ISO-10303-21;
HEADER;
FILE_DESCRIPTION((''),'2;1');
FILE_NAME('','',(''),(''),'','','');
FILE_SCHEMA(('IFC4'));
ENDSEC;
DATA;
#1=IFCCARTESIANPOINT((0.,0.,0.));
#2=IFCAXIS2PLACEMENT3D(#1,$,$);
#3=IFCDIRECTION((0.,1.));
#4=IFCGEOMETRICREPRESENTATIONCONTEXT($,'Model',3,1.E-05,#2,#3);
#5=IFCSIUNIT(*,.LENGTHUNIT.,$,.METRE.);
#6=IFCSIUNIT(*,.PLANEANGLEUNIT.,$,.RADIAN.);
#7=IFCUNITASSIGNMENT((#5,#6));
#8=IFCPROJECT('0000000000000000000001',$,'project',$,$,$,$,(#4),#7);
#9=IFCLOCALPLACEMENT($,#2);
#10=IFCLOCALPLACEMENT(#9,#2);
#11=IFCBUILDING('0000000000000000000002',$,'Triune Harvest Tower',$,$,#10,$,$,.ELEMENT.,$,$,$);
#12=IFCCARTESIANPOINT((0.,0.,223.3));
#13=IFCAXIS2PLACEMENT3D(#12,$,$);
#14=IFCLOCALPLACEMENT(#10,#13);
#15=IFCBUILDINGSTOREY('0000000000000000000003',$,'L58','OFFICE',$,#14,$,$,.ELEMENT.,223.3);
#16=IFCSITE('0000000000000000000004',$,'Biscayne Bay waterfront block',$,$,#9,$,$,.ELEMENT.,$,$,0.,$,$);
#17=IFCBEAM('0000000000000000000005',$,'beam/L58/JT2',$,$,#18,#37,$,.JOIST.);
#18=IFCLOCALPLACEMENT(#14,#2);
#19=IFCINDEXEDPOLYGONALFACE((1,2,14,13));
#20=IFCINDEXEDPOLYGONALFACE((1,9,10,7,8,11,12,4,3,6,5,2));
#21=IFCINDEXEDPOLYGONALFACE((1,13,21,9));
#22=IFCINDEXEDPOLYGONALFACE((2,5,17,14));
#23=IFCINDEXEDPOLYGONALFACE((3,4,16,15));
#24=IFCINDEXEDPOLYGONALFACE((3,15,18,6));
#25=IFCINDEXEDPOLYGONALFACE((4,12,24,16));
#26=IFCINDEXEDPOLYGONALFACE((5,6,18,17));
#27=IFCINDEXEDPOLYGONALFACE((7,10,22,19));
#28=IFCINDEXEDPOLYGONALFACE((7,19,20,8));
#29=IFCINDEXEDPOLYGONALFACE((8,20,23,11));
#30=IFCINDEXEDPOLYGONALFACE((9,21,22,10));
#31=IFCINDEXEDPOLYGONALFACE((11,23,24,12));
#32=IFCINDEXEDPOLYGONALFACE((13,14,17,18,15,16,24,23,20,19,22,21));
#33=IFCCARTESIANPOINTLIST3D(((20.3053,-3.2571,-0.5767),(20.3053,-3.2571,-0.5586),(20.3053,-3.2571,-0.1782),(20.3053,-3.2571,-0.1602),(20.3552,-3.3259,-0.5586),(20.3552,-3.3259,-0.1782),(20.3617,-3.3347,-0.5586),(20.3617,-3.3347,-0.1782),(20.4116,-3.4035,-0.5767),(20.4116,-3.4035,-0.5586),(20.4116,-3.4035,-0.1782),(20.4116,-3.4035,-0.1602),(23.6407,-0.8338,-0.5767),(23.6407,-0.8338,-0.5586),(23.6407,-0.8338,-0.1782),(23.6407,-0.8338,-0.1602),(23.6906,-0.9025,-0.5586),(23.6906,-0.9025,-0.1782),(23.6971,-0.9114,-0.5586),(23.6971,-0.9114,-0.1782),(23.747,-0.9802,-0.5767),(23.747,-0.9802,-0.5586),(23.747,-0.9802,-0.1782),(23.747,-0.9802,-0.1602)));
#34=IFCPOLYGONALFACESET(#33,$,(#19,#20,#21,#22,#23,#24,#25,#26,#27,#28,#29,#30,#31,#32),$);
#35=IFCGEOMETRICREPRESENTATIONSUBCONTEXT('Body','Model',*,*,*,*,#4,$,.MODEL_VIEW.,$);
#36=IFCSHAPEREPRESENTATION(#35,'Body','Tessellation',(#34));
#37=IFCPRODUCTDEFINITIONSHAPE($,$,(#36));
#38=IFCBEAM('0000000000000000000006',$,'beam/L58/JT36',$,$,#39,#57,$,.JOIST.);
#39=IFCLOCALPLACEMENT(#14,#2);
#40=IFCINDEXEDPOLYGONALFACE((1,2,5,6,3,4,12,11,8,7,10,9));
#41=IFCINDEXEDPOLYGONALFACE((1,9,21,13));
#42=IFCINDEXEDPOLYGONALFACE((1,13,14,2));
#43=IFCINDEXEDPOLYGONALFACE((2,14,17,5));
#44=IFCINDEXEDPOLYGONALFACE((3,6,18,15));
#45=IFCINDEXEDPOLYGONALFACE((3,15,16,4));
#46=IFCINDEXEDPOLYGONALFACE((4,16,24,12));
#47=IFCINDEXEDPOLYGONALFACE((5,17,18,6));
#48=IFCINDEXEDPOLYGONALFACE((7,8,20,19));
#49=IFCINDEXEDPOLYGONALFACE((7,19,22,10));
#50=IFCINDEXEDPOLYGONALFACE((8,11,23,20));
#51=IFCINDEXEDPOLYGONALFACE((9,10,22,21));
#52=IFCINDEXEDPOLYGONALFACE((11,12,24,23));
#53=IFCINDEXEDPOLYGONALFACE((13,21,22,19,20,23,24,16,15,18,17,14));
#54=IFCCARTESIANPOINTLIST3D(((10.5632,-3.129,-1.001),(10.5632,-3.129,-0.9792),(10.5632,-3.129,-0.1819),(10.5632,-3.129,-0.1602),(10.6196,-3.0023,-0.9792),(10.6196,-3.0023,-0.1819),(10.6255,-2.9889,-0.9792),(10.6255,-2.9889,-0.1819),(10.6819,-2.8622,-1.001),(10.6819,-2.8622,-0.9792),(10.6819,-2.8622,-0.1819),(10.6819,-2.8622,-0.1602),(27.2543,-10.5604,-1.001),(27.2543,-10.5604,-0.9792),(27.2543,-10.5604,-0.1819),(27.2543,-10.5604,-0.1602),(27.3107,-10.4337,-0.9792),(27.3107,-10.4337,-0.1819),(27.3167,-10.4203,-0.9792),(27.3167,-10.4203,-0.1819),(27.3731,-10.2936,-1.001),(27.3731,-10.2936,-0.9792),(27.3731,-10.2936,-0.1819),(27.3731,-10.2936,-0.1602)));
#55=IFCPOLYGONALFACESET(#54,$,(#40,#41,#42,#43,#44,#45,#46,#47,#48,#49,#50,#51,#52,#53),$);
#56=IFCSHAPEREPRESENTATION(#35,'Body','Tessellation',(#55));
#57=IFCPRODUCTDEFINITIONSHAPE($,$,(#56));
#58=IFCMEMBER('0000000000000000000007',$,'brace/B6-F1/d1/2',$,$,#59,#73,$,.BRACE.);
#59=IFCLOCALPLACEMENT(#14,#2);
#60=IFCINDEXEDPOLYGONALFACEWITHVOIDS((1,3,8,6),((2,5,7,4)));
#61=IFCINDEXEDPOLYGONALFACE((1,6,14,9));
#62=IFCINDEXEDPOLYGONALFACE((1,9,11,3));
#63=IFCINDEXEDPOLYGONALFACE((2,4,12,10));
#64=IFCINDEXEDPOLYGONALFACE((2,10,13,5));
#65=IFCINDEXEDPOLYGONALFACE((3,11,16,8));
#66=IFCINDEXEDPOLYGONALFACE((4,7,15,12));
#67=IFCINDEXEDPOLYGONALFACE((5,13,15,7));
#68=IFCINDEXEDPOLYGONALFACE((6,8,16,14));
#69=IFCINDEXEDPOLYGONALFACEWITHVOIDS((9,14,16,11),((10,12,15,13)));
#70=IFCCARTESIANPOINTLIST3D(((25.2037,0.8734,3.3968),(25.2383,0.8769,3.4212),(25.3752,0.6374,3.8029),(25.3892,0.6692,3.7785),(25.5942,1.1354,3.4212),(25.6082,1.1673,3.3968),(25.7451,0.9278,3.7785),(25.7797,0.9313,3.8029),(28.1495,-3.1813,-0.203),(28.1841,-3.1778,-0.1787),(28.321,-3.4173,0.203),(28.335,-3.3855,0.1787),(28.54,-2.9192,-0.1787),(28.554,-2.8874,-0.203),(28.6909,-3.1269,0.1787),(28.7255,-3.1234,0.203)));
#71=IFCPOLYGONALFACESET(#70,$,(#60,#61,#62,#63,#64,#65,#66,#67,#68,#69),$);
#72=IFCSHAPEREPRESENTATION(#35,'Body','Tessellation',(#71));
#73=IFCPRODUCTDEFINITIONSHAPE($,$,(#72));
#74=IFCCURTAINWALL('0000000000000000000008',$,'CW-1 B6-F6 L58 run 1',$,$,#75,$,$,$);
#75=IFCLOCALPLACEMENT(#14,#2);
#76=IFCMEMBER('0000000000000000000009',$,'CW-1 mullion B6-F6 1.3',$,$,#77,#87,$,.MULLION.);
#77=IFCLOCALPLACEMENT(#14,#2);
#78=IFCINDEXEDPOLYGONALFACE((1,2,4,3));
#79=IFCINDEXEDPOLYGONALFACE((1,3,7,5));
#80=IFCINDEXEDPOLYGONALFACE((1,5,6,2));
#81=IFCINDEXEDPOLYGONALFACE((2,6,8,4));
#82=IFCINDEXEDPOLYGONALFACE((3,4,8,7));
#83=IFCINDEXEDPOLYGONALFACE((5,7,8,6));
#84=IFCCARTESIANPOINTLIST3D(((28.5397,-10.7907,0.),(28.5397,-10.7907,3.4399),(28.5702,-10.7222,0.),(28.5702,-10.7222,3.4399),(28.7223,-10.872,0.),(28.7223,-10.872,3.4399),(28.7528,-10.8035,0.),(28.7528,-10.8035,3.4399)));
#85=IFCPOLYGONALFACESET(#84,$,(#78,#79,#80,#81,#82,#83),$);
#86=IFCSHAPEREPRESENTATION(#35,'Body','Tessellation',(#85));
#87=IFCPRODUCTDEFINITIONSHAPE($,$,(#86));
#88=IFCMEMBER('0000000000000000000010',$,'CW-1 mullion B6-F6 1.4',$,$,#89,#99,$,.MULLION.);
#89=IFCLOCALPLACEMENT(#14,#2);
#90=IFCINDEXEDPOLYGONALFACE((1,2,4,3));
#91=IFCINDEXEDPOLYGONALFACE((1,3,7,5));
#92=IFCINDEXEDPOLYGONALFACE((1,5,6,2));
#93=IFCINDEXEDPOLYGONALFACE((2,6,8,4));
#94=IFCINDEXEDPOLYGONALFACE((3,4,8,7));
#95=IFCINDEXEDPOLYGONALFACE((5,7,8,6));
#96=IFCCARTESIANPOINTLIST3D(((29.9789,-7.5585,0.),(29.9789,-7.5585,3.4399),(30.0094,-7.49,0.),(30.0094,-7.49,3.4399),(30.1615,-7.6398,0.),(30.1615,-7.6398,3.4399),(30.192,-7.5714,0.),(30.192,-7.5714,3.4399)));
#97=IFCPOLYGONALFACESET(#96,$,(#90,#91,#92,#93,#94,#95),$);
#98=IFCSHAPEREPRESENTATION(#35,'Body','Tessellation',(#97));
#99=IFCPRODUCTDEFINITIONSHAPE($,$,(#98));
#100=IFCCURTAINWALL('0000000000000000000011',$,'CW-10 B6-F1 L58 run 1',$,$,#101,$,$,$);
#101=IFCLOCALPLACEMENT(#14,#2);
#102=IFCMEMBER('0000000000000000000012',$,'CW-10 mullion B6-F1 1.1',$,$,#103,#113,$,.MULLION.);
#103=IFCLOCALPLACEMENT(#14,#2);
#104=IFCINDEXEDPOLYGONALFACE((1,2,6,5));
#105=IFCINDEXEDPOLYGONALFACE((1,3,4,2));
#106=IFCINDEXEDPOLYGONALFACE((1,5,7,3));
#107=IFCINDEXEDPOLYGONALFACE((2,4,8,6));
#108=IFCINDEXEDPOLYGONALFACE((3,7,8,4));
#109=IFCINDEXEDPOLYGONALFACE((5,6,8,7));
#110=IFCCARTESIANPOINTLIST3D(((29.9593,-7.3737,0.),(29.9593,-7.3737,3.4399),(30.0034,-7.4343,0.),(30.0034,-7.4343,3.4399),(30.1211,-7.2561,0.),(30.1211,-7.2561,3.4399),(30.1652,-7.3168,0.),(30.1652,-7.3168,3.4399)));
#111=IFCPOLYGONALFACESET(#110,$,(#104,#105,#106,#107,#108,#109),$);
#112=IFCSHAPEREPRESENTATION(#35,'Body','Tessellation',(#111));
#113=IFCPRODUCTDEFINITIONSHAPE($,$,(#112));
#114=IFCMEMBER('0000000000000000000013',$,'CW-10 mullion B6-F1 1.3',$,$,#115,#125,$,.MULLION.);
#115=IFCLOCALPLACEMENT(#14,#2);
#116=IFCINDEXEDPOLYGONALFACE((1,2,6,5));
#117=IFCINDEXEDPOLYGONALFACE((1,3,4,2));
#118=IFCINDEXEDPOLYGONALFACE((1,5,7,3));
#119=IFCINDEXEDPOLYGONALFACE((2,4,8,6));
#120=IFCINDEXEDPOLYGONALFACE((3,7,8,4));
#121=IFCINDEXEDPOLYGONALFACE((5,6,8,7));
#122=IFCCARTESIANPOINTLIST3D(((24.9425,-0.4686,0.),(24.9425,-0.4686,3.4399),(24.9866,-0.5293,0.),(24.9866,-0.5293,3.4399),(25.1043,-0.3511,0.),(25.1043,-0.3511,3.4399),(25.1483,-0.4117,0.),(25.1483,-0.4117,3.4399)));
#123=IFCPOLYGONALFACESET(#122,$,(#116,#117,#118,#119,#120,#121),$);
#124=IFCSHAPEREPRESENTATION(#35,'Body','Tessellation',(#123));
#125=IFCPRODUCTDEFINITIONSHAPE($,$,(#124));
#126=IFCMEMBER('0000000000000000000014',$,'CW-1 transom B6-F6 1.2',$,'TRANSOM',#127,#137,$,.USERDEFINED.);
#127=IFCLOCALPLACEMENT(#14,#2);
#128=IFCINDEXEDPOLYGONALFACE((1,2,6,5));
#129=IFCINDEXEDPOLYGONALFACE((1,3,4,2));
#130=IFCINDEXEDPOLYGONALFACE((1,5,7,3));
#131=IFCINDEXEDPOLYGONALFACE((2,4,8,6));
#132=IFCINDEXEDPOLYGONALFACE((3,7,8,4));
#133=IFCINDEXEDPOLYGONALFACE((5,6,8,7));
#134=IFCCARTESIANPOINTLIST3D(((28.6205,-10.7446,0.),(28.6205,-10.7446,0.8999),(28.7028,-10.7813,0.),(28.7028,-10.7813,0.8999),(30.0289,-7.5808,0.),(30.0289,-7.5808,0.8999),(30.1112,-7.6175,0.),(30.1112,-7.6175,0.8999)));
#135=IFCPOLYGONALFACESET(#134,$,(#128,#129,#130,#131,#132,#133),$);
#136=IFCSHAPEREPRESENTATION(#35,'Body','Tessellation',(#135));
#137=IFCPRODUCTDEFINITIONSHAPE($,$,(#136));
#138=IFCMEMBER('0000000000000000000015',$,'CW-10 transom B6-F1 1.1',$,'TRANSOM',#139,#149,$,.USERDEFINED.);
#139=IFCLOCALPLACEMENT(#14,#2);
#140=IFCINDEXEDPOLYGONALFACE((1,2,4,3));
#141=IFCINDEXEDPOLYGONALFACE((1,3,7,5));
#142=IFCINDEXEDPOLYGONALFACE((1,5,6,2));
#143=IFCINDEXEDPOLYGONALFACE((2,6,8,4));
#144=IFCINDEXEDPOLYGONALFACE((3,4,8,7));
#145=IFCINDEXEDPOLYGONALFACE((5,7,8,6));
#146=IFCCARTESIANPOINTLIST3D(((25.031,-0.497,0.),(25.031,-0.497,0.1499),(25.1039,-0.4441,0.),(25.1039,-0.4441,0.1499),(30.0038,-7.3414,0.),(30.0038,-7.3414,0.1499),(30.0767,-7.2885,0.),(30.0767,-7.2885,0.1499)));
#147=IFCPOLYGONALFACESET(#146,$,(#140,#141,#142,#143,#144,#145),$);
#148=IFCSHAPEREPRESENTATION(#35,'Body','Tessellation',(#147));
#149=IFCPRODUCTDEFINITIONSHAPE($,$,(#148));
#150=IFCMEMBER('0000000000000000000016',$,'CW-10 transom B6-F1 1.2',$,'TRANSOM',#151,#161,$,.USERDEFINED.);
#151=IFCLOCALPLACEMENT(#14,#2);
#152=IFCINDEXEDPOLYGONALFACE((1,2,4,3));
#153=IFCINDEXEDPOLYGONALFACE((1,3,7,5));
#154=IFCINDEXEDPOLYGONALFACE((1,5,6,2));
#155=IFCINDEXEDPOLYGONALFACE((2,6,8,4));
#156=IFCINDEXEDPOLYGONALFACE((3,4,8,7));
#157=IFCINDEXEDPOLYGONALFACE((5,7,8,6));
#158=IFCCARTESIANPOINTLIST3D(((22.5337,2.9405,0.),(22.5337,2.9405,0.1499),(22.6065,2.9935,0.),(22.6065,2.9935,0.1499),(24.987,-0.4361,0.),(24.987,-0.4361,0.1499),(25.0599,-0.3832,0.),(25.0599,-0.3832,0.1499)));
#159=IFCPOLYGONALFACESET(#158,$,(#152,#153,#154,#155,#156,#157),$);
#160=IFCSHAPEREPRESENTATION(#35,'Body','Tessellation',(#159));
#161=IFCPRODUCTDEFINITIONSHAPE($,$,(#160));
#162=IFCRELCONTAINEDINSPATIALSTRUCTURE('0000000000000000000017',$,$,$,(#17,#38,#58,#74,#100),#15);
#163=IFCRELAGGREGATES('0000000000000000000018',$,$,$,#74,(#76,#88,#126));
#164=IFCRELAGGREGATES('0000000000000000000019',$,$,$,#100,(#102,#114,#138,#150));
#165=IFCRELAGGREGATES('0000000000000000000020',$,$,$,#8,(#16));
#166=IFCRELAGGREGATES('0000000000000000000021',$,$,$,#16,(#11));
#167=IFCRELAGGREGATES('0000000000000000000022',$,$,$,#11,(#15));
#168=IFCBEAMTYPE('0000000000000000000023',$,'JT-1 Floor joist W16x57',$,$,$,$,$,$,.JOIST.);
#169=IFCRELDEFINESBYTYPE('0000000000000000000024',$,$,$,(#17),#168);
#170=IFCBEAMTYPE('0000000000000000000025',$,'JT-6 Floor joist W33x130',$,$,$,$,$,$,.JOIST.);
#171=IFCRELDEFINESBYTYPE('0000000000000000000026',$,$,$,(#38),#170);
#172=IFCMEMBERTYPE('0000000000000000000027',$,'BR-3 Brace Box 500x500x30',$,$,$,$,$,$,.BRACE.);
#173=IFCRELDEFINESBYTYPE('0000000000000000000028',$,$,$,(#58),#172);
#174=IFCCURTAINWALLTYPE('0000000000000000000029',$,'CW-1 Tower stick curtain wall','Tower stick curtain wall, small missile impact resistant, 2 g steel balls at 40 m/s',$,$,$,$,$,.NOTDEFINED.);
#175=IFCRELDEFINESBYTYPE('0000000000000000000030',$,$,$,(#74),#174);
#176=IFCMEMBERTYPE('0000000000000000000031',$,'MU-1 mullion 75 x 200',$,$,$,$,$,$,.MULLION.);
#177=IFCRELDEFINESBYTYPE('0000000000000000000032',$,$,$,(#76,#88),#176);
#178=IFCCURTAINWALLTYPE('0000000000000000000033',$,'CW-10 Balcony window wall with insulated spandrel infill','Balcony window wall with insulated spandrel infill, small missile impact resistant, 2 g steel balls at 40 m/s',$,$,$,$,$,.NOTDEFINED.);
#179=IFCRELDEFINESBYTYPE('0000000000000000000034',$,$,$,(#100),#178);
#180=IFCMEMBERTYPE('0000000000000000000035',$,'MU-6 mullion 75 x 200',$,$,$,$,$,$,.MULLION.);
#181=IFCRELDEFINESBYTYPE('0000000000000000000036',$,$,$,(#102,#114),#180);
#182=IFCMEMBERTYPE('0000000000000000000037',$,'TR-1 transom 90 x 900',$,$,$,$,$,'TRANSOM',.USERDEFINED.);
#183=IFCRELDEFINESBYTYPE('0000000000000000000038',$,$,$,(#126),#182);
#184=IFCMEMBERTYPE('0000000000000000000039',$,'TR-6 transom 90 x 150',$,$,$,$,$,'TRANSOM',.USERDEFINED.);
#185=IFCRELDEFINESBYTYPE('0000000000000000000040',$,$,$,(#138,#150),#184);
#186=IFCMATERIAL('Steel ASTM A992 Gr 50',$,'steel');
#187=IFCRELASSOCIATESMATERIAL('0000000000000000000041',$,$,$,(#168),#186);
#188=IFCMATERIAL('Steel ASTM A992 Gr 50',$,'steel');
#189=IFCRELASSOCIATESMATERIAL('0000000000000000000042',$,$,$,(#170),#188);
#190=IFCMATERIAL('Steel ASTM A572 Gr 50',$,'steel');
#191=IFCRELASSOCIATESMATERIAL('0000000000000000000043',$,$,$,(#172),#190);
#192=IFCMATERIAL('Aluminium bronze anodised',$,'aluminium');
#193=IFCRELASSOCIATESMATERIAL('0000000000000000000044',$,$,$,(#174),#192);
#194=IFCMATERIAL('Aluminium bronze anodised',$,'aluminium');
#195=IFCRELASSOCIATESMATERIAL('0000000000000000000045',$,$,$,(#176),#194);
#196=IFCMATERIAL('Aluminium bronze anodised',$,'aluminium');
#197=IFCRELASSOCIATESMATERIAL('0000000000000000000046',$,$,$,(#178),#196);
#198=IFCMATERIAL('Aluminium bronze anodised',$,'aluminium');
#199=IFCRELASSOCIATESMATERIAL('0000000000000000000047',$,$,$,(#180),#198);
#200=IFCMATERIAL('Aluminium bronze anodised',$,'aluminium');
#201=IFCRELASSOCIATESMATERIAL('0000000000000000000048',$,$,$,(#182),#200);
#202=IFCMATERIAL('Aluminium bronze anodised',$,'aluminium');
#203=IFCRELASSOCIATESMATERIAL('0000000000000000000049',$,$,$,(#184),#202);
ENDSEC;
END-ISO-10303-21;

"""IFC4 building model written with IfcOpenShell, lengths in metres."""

from ifc_helpers import new_model, si_unit, direction, frame, origin, origin_2d, place, context, subcontext, project, spatial, rectangle, hollow_rectangle, i_section, extrude, source, transform, mapped, material, material_profile, profile_set, type_object, element, aggregate, save


model = new_model("IFC4")

# Units and contexts
model_context = context("Model", 3, precision=1e-05, world=origin(), true_north=direction((0.0, 1.0)))
body_context = subcontext(model_context, "Body", "Model", "MODEL_VIEW")
ifc_project = project(units=[si_unit("LENGTHUNIT", "METRE"), si_unit("PLANEANGLEUNIT", "RADIAN")], contexts=[model_context])

# Site, building, storey
site_placement = place(None, origin())
site = spatial("IfcSite", under=ifc_project, at=site_placement, Name="Biscayne Bay waterfront block", CompositionType="ELEMENT", RefElevation=0.0)
building_placement = place(site_placement, origin())
building = spatial("IfcBuilding", under=site, at=building_placement, Name="Triune Harvest Tower", CompositionType="ELEMENT")
storey_placement = place(building_placement, frame((0.0, 0.0, 223.3)))
storey = spatial("IfcBuildingStorey", under=building, at=storey_placement, Name="L58", Description="OFFICE", CompositionType="ELEMENT", Elevation=223.3)

# Beams
ifc_material_1 = material(Name="Steel ASTM A992 Gr 50", Category="steel")
ifc_material_profile_1 = material_profile(ifc_material_1, i_section(OverallWidth=0.1809, OverallDepth=0.4165, WebThickness=0.011, FlangeThickness=0.0181, at=origin_2d()), Name="W16x57")
ifc_profile_set_1 = profile_set([ifc_material_profile_1], Name="Steel ASTM A992 Gr 50")
beam_type_1 = type_object("IfcBeamType", Name="JT-1 Floor joist W16x57", PredefinedType="JOIST", material=ifc_profile_set_1)
shared_shape_1 = source(origin(), body_context, "Body", "SweptSolid", [
    extrude(i_section(OverallWidth=0.1809, OverallDepth=0.4165, WebThickness=0.011, FlangeThickness=0.0181, at=origin_2d()), origin(), (0.0, 0.0, 1.0), 4.1228),
])
beam_1_placement = place(storey_placement, frame((23.6938, -0.907, -0.3684), z_axis=(-0.809018, -0.587784, 0.0), x_axis=(0.587784, -0.809018, 0.0)))
element("IfcBeam", 1, at=beam_1_placement, inside=storey, type_object=beam_type_1, Name="beam/L58/JT2", PredefinedType="JOIST", context=body_context, shape_type="MappedRepresentation", body=[
    mapped(shared_shape_1, transform((0.0, 0.0, 0.0), scale=1.0)),
])
ifc_material_2 = material(Name="Steel ASTM A992 Gr 50", Category="steel")
ifc_material_profile_2 = material_profile(ifc_material_2, i_section(OverallWidth=0.292, OverallDepth=0.8408, WebThickness=0.0146, FlangeThickness=0.0217, at=origin_2d()), Name="W33x130")
ifc_profile_set_2 = profile_set([ifc_material_profile_2], Name="Steel ASTM A992 Gr 50")
beam_type_2 = type_object("IfcBeamType", Name="JT-6 Floor joist W33x130", PredefinedType="JOIST", material=ifc_profile_set_2)
shared_shape_2 = source(origin(), body_context, "Body", "SweptSolid", [
    extrude(i_section(OverallWidth=0.292, OverallDepth=0.8408, WebThickness=0.0146, FlangeThickness=0.0217, at=origin_2d()), origin(), (0.0, 0.0, 1.0), 18.2708),
])
beam_2_placement = place(storey_placement, frame((27.3137, -10.427, -0.5806), z_axis=(-0.913545, 0.406737, 0.0), x_axis=(-0.406737, -0.913545, 0.0)))
element("IfcBeam", 2, at=beam_2_placement, inside=storey, type_object=beam_type_2, Name="beam/L58/JT36", PredefinedType="JOIST", context=body_context, shape_type="MappedRepresentation", body=[
    mapped(shared_shape_2, transform((0.0, 0.0, 0.0), scale=1.0)),
])

# Member
ifc_material_3 = material(Name="Steel ASTM A572 Gr 50", Category="steel")
ifc_material_profile_3 = material_profile(ifc_material_3, hollow_rectangle(XDim=0.5, YDim=0.5, WallThickness=0.03, at=origin_2d()), Name="Box 500x500x30")
ifc_profile_set_3 = profile_set([ifc_material_profile_3], Name="Steel ASTM A572 Gr 50")
member_type_1 = type_object("IfcMemberType", Name="BR-3 Brace Box 500x500x30", PredefinedType="BRACE", material=ifc_profile_set_3)
shared_shape_3 = source(origin(), body_context, "Body", "SweptSolid", [
    extrude(hollow_rectangle(XDim=0.5, YDim=0.5, WallThickness=0.03, at=origin_2d()), origin(), (0.0, 0.0, 1.0), 6.1707),
])
member_1_placement = place(storey_placement, frame((28.4375, -3.1523, 0.0), z_axis=(-0.477387, 0.65709, 0.583381), x_axis=(-0.809027, -0.587772, 0.0)))
element("IfcMember", 3, at=member_1_placement, inside=storey, type_object=member_type_1, Name="brace/B6-F1/d1/2", PredefinedType="BRACE", context=body_context, shape_type="MappedRepresentation", body=[
    mapped(shared_shape_3, transform((0.0, 0.0, 0.0), scale=1.0)),
])

# Curtain walls, members
ifc_material_4 = material(Name="Aluminium bronze anodised", Category="aluminium")
curtain_wall_type_1 = type_object("IfcCurtainWallType", Name="CW-1 Tower stick curtain wall", Description="Tower stick curtain wall, small missile impact resistant, 2 g steel balls at 40 m/s", PredefinedType="NOTDEFINED", material=ifc_material_4)
curtain_wall_1_placement = place(storey_placement, origin())
curtain_wall_1 = element("IfcCurtainWall", 4, at=curtain_wall_1_placement, inside=storey, type_object=curtain_wall_type_1, Name="CW-1 B6-F6 L58 run 1")
ifc_material_5 = material(Name="Aluminium bronze anodised", Category="aluminium")
ifc_material_profile_4 = material_profile(ifc_material_5, rectangle(XDim=0.2, YDim=0.075, at=origin_2d()), Name="MU-1 mullion 75 x 200")
ifc_profile_set_4 = profile_set([ifc_material_profile_4], Name="Aluminium bronze anodised")
member_type_2 = type_object("IfcMemberType", Name="MU-1 mullion 75 x 200", PredefinedType="MULLION", material=ifc_profile_set_4)
shared_shape_4 = source(origin(), body_context, "Body", "SweptSolid", [
    extrude(rectangle(XDim=0.2, YDim=0.075, at=origin_2d()), origin(), (0.0, 0.0, 1.0), 3.4399),
])
member_2_placement = place(storey_placement, frame((28.6462, -10.7971, 0.0), z_axis=(0.0, 0.0, 1.0), x_axis=(-0.913543, 0.406743, 0.0)))
member_2 = element("IfcMember", 5, at=member_2_placement, type_object=member_type_2, Name="CW-1 mullion B6-F6 1.3", PredefinedType="MULLION", context=body_context, shape_type="MappedRepresentation", body=[
    mapped(shared_shape_4, transform((0.0, 0.0, 0.0), scale=1.0)),
])
member_3_placement = place(storey_placement, frame((30.0854, -7.5649, 0.0), z_axis=(0.0, 0.0, 1.0), x_axis=(-0.913543, 0.406743, 0.0)))
member_3 = element("IfcMember", 6, at=member_3_placement, type_object=member_type_2, Name="CW-1 mullion B6-F6 1.4", PredefinedType="MULLION", context=body_context, shape_type="MappedRepresentation", body=[
    mapped(shared_shape_4, transform((0.0, 0.0, 0.0), scale=1.0)),
])
ifc_material_6 = material(Name="Aluminium bronze anodised", Category="aluminium")
curtain_wall_type_2 = type_object("IfcCurtainWallType", Name="CW-10 Balcony window wall with insulated spandrel infill", Description="Balcony window wall with insulated spandrel infill, small missile impact resistant, 2 g steel balls at 40 m/s", PredefinedType="NOTDEFINED", material=ifc_material_6)
curtain_wall_2_placement = place(storey_placement, origin())
curtain_wall_2 = element("IfcCurtainWall", 7, at=curtain_wall_2_placement, inside=storey, type_object=curtain_wall_type_2, Name="CW-10 B6-F1 L58 run 1")
ifc_material_7 = material(Name="Aluminium bronze anodised", Category="aluminium")
ifc_material_profile_5 = material_profile(ifc_material_7, rectangle(XDim=0.2, YDim=0.075, at=origin_2d()), Name="MU-6 mullion 75 x 200")
ifc_profile_set_5 = profile_set([ifc_material_profile_5], Name="Aluminium bronze anodised")
member_type_3 = type_object("IfcMemberType", Name="MU-6 mullion 75 x 200", PredefinedType="MULLION", material=ifc_profile_set_5)
shared_shape_5 = source(origin(), body_context, "Body", "SweptSolid", [
    extrude(rectangle(XDim=0.2, YDim=0.075, at=origin_2d()), origin(), (0.0, 0.0, 1.0), 3.4399),
])
member_4_placement = place(storey_placement, frame((30.0623, -7.3452, 0.0), z_axis=(0.0, 0.0, 1.0), x_axis=(-0.809017, -0.587786, 0.0)))
member_4 = element("IfcMember", 8, at=member_4_placement, type_object=member_type_3, Name="CW-10 mullion B6-F1 1.1", PredefinedType="MULLION", context=body_context, shape_type="MappedRepresentation", body=[
    mapped(shared_shape_5, transform((0.0, 0.0, 0.0), scale=1.0)),
])
member_5_placement = place(storey_placement, frame((25.0454, -0.4402, 0.0), z_axis=(0.0, 0.0, 1.0), x_axis=(-0.809017, -0.587786, 0.0)))
member_5 = element("IfcMember", 9, at=member_5_placement, type_object=member_type_3, Name="CW-10 mullion B6-F1 1.3", PredefinedType="MULLION", context=body_context, shape_type="MappedRepresentation", body=[
    mapped(shared_shape_5, transform((0.0, 0.0, 0.0), scale=1.0)),
])

# Members
ifc_material_8 = material(Name="Aluminium bronze anodised", Category="aluminium")
ifc_material_profile_6 = material_profile(ifc_material_8, rectangle(XDim=0.0901, YDim=0.8999, at=origin_2d()), Name="TR-1 transom 90 x 900")
ifc_profile_set_6 = profile_set([ifc_material_profile_6], Name="Aluminium bronze anodised")
member_type_4 = type_object("IfcMemberType", Name="TR-1 transom 90 x 900", ElementType="TRANSOM", PredefinedType="USERDEFINED", material=ifc_profile_set_6)
shared_shape_6 = source(origin(), body_context, "Body", "SweptSolid", [
    extrude(rectangle(XDim=0.0901, YDim=0.8999, at=origin_2d()), origin(), (0.0, 0.0, 1.0), 3.4631),
])
member_6_placement = place(storey_placement, frame((28.6616, -10.7629, 0.45), z_axis=(0.406694, 0.913564, 0.0), x_axis=(-0.913564, 0.406694, 0.0)))
member_6 = element("IfcMember", 10, at=member_6_placement, type_object=member_type_4, Name="CW-1 transom B6-F6 1.2", ObjectType="TRANSOM", PredefinedType="USERDEFINED", context=body_context, shape_type="MappedRepresentation", body=[
    mapped(shared_shape_6, transform((0.0, 0.0, 0.0), scale=1.0)),
])
ifc_material_9 = material(Name="Aluminium bronze anodised", Category="aluminium")
ifc_material_profile_7 = material_profile(ifc_material_9, rectangle(XDim=0.0901, YDim=0.1499, at=origin_2d()), Name="TR-6 transom 90 x 150")
ifc_profile_set_7 = profile_set([ifc_material_profile_7], Name="Aluminium bronze anodised")
member_type_5 = type_object("IfcMemberType", Name="TR-6 transom 90 x 150", ElementType="TRANSOM", PredefinedType="USERDEFINED", material=ifc_profile_set_7)
shared_shape_7 = source(origin(), body_context, "Body", "SweptSolid", [
    extrude(rectangle(XDim=0.0901, YDim=0.1499, at=origin_2d()), origin(), (0.0, 0.0, 1.0), 8.4602),
])
member_7_placement = place(storey_placement, frame((30.0403, -7.3149, 0.075), z_axis=(-0.587792, 0.809012, 0.0), x_axis=(-0.809012, -0.587792, 0.0)))
member_7 = element("IfcMember", 11, at=member_7_placement, type_object=member_type_5, Name="CW-10 transom B6-F1 1.1", ObjectType="TRANSOM", PredefinedType="USERDEFINED", context=body_context, shape_type="MappedRepresentation", body=[
    mapped(shared_shape_7, transform((0.0, 0.0, 0.0), scale=1.0)),
])
shared_shape_8 = source(origin(), body_context, "Body", "SweptSolid", [
    extrude(rectangle(XDim=0.0901, YDim=0.1499, at=origin_2d()), origin(), (0.0, 0.0, 1.0), 4.1738),
])
member_8_placement = place(storey_placement, frame((25.0234, -0.4097, 0.075), z_axis=(-0.587793, 0.809012, 0.0), x_axis=(-0.809012, -0.587793, 0.0)))
member_8 = element("IfcMember", 12, at=member_8_placement, type_object=member_type_5, Name="CW-10 transom B6-F1 1.2", ObjectType="TRANSOM", PredefinedType="USERDEFINED", context=body_context, shape_type="MappedRepresentation", body=[
    mapped(shared_shape_8, transform((0.0, 0.0, 0.0), scale=1.0)),
])

aggregate(curtain_wall_1, [member_2, member_3, member_6])
aggregate(curtain_wall_2, [member_4, member_5, member_7, member_8])

save(model, "model.ifc")
